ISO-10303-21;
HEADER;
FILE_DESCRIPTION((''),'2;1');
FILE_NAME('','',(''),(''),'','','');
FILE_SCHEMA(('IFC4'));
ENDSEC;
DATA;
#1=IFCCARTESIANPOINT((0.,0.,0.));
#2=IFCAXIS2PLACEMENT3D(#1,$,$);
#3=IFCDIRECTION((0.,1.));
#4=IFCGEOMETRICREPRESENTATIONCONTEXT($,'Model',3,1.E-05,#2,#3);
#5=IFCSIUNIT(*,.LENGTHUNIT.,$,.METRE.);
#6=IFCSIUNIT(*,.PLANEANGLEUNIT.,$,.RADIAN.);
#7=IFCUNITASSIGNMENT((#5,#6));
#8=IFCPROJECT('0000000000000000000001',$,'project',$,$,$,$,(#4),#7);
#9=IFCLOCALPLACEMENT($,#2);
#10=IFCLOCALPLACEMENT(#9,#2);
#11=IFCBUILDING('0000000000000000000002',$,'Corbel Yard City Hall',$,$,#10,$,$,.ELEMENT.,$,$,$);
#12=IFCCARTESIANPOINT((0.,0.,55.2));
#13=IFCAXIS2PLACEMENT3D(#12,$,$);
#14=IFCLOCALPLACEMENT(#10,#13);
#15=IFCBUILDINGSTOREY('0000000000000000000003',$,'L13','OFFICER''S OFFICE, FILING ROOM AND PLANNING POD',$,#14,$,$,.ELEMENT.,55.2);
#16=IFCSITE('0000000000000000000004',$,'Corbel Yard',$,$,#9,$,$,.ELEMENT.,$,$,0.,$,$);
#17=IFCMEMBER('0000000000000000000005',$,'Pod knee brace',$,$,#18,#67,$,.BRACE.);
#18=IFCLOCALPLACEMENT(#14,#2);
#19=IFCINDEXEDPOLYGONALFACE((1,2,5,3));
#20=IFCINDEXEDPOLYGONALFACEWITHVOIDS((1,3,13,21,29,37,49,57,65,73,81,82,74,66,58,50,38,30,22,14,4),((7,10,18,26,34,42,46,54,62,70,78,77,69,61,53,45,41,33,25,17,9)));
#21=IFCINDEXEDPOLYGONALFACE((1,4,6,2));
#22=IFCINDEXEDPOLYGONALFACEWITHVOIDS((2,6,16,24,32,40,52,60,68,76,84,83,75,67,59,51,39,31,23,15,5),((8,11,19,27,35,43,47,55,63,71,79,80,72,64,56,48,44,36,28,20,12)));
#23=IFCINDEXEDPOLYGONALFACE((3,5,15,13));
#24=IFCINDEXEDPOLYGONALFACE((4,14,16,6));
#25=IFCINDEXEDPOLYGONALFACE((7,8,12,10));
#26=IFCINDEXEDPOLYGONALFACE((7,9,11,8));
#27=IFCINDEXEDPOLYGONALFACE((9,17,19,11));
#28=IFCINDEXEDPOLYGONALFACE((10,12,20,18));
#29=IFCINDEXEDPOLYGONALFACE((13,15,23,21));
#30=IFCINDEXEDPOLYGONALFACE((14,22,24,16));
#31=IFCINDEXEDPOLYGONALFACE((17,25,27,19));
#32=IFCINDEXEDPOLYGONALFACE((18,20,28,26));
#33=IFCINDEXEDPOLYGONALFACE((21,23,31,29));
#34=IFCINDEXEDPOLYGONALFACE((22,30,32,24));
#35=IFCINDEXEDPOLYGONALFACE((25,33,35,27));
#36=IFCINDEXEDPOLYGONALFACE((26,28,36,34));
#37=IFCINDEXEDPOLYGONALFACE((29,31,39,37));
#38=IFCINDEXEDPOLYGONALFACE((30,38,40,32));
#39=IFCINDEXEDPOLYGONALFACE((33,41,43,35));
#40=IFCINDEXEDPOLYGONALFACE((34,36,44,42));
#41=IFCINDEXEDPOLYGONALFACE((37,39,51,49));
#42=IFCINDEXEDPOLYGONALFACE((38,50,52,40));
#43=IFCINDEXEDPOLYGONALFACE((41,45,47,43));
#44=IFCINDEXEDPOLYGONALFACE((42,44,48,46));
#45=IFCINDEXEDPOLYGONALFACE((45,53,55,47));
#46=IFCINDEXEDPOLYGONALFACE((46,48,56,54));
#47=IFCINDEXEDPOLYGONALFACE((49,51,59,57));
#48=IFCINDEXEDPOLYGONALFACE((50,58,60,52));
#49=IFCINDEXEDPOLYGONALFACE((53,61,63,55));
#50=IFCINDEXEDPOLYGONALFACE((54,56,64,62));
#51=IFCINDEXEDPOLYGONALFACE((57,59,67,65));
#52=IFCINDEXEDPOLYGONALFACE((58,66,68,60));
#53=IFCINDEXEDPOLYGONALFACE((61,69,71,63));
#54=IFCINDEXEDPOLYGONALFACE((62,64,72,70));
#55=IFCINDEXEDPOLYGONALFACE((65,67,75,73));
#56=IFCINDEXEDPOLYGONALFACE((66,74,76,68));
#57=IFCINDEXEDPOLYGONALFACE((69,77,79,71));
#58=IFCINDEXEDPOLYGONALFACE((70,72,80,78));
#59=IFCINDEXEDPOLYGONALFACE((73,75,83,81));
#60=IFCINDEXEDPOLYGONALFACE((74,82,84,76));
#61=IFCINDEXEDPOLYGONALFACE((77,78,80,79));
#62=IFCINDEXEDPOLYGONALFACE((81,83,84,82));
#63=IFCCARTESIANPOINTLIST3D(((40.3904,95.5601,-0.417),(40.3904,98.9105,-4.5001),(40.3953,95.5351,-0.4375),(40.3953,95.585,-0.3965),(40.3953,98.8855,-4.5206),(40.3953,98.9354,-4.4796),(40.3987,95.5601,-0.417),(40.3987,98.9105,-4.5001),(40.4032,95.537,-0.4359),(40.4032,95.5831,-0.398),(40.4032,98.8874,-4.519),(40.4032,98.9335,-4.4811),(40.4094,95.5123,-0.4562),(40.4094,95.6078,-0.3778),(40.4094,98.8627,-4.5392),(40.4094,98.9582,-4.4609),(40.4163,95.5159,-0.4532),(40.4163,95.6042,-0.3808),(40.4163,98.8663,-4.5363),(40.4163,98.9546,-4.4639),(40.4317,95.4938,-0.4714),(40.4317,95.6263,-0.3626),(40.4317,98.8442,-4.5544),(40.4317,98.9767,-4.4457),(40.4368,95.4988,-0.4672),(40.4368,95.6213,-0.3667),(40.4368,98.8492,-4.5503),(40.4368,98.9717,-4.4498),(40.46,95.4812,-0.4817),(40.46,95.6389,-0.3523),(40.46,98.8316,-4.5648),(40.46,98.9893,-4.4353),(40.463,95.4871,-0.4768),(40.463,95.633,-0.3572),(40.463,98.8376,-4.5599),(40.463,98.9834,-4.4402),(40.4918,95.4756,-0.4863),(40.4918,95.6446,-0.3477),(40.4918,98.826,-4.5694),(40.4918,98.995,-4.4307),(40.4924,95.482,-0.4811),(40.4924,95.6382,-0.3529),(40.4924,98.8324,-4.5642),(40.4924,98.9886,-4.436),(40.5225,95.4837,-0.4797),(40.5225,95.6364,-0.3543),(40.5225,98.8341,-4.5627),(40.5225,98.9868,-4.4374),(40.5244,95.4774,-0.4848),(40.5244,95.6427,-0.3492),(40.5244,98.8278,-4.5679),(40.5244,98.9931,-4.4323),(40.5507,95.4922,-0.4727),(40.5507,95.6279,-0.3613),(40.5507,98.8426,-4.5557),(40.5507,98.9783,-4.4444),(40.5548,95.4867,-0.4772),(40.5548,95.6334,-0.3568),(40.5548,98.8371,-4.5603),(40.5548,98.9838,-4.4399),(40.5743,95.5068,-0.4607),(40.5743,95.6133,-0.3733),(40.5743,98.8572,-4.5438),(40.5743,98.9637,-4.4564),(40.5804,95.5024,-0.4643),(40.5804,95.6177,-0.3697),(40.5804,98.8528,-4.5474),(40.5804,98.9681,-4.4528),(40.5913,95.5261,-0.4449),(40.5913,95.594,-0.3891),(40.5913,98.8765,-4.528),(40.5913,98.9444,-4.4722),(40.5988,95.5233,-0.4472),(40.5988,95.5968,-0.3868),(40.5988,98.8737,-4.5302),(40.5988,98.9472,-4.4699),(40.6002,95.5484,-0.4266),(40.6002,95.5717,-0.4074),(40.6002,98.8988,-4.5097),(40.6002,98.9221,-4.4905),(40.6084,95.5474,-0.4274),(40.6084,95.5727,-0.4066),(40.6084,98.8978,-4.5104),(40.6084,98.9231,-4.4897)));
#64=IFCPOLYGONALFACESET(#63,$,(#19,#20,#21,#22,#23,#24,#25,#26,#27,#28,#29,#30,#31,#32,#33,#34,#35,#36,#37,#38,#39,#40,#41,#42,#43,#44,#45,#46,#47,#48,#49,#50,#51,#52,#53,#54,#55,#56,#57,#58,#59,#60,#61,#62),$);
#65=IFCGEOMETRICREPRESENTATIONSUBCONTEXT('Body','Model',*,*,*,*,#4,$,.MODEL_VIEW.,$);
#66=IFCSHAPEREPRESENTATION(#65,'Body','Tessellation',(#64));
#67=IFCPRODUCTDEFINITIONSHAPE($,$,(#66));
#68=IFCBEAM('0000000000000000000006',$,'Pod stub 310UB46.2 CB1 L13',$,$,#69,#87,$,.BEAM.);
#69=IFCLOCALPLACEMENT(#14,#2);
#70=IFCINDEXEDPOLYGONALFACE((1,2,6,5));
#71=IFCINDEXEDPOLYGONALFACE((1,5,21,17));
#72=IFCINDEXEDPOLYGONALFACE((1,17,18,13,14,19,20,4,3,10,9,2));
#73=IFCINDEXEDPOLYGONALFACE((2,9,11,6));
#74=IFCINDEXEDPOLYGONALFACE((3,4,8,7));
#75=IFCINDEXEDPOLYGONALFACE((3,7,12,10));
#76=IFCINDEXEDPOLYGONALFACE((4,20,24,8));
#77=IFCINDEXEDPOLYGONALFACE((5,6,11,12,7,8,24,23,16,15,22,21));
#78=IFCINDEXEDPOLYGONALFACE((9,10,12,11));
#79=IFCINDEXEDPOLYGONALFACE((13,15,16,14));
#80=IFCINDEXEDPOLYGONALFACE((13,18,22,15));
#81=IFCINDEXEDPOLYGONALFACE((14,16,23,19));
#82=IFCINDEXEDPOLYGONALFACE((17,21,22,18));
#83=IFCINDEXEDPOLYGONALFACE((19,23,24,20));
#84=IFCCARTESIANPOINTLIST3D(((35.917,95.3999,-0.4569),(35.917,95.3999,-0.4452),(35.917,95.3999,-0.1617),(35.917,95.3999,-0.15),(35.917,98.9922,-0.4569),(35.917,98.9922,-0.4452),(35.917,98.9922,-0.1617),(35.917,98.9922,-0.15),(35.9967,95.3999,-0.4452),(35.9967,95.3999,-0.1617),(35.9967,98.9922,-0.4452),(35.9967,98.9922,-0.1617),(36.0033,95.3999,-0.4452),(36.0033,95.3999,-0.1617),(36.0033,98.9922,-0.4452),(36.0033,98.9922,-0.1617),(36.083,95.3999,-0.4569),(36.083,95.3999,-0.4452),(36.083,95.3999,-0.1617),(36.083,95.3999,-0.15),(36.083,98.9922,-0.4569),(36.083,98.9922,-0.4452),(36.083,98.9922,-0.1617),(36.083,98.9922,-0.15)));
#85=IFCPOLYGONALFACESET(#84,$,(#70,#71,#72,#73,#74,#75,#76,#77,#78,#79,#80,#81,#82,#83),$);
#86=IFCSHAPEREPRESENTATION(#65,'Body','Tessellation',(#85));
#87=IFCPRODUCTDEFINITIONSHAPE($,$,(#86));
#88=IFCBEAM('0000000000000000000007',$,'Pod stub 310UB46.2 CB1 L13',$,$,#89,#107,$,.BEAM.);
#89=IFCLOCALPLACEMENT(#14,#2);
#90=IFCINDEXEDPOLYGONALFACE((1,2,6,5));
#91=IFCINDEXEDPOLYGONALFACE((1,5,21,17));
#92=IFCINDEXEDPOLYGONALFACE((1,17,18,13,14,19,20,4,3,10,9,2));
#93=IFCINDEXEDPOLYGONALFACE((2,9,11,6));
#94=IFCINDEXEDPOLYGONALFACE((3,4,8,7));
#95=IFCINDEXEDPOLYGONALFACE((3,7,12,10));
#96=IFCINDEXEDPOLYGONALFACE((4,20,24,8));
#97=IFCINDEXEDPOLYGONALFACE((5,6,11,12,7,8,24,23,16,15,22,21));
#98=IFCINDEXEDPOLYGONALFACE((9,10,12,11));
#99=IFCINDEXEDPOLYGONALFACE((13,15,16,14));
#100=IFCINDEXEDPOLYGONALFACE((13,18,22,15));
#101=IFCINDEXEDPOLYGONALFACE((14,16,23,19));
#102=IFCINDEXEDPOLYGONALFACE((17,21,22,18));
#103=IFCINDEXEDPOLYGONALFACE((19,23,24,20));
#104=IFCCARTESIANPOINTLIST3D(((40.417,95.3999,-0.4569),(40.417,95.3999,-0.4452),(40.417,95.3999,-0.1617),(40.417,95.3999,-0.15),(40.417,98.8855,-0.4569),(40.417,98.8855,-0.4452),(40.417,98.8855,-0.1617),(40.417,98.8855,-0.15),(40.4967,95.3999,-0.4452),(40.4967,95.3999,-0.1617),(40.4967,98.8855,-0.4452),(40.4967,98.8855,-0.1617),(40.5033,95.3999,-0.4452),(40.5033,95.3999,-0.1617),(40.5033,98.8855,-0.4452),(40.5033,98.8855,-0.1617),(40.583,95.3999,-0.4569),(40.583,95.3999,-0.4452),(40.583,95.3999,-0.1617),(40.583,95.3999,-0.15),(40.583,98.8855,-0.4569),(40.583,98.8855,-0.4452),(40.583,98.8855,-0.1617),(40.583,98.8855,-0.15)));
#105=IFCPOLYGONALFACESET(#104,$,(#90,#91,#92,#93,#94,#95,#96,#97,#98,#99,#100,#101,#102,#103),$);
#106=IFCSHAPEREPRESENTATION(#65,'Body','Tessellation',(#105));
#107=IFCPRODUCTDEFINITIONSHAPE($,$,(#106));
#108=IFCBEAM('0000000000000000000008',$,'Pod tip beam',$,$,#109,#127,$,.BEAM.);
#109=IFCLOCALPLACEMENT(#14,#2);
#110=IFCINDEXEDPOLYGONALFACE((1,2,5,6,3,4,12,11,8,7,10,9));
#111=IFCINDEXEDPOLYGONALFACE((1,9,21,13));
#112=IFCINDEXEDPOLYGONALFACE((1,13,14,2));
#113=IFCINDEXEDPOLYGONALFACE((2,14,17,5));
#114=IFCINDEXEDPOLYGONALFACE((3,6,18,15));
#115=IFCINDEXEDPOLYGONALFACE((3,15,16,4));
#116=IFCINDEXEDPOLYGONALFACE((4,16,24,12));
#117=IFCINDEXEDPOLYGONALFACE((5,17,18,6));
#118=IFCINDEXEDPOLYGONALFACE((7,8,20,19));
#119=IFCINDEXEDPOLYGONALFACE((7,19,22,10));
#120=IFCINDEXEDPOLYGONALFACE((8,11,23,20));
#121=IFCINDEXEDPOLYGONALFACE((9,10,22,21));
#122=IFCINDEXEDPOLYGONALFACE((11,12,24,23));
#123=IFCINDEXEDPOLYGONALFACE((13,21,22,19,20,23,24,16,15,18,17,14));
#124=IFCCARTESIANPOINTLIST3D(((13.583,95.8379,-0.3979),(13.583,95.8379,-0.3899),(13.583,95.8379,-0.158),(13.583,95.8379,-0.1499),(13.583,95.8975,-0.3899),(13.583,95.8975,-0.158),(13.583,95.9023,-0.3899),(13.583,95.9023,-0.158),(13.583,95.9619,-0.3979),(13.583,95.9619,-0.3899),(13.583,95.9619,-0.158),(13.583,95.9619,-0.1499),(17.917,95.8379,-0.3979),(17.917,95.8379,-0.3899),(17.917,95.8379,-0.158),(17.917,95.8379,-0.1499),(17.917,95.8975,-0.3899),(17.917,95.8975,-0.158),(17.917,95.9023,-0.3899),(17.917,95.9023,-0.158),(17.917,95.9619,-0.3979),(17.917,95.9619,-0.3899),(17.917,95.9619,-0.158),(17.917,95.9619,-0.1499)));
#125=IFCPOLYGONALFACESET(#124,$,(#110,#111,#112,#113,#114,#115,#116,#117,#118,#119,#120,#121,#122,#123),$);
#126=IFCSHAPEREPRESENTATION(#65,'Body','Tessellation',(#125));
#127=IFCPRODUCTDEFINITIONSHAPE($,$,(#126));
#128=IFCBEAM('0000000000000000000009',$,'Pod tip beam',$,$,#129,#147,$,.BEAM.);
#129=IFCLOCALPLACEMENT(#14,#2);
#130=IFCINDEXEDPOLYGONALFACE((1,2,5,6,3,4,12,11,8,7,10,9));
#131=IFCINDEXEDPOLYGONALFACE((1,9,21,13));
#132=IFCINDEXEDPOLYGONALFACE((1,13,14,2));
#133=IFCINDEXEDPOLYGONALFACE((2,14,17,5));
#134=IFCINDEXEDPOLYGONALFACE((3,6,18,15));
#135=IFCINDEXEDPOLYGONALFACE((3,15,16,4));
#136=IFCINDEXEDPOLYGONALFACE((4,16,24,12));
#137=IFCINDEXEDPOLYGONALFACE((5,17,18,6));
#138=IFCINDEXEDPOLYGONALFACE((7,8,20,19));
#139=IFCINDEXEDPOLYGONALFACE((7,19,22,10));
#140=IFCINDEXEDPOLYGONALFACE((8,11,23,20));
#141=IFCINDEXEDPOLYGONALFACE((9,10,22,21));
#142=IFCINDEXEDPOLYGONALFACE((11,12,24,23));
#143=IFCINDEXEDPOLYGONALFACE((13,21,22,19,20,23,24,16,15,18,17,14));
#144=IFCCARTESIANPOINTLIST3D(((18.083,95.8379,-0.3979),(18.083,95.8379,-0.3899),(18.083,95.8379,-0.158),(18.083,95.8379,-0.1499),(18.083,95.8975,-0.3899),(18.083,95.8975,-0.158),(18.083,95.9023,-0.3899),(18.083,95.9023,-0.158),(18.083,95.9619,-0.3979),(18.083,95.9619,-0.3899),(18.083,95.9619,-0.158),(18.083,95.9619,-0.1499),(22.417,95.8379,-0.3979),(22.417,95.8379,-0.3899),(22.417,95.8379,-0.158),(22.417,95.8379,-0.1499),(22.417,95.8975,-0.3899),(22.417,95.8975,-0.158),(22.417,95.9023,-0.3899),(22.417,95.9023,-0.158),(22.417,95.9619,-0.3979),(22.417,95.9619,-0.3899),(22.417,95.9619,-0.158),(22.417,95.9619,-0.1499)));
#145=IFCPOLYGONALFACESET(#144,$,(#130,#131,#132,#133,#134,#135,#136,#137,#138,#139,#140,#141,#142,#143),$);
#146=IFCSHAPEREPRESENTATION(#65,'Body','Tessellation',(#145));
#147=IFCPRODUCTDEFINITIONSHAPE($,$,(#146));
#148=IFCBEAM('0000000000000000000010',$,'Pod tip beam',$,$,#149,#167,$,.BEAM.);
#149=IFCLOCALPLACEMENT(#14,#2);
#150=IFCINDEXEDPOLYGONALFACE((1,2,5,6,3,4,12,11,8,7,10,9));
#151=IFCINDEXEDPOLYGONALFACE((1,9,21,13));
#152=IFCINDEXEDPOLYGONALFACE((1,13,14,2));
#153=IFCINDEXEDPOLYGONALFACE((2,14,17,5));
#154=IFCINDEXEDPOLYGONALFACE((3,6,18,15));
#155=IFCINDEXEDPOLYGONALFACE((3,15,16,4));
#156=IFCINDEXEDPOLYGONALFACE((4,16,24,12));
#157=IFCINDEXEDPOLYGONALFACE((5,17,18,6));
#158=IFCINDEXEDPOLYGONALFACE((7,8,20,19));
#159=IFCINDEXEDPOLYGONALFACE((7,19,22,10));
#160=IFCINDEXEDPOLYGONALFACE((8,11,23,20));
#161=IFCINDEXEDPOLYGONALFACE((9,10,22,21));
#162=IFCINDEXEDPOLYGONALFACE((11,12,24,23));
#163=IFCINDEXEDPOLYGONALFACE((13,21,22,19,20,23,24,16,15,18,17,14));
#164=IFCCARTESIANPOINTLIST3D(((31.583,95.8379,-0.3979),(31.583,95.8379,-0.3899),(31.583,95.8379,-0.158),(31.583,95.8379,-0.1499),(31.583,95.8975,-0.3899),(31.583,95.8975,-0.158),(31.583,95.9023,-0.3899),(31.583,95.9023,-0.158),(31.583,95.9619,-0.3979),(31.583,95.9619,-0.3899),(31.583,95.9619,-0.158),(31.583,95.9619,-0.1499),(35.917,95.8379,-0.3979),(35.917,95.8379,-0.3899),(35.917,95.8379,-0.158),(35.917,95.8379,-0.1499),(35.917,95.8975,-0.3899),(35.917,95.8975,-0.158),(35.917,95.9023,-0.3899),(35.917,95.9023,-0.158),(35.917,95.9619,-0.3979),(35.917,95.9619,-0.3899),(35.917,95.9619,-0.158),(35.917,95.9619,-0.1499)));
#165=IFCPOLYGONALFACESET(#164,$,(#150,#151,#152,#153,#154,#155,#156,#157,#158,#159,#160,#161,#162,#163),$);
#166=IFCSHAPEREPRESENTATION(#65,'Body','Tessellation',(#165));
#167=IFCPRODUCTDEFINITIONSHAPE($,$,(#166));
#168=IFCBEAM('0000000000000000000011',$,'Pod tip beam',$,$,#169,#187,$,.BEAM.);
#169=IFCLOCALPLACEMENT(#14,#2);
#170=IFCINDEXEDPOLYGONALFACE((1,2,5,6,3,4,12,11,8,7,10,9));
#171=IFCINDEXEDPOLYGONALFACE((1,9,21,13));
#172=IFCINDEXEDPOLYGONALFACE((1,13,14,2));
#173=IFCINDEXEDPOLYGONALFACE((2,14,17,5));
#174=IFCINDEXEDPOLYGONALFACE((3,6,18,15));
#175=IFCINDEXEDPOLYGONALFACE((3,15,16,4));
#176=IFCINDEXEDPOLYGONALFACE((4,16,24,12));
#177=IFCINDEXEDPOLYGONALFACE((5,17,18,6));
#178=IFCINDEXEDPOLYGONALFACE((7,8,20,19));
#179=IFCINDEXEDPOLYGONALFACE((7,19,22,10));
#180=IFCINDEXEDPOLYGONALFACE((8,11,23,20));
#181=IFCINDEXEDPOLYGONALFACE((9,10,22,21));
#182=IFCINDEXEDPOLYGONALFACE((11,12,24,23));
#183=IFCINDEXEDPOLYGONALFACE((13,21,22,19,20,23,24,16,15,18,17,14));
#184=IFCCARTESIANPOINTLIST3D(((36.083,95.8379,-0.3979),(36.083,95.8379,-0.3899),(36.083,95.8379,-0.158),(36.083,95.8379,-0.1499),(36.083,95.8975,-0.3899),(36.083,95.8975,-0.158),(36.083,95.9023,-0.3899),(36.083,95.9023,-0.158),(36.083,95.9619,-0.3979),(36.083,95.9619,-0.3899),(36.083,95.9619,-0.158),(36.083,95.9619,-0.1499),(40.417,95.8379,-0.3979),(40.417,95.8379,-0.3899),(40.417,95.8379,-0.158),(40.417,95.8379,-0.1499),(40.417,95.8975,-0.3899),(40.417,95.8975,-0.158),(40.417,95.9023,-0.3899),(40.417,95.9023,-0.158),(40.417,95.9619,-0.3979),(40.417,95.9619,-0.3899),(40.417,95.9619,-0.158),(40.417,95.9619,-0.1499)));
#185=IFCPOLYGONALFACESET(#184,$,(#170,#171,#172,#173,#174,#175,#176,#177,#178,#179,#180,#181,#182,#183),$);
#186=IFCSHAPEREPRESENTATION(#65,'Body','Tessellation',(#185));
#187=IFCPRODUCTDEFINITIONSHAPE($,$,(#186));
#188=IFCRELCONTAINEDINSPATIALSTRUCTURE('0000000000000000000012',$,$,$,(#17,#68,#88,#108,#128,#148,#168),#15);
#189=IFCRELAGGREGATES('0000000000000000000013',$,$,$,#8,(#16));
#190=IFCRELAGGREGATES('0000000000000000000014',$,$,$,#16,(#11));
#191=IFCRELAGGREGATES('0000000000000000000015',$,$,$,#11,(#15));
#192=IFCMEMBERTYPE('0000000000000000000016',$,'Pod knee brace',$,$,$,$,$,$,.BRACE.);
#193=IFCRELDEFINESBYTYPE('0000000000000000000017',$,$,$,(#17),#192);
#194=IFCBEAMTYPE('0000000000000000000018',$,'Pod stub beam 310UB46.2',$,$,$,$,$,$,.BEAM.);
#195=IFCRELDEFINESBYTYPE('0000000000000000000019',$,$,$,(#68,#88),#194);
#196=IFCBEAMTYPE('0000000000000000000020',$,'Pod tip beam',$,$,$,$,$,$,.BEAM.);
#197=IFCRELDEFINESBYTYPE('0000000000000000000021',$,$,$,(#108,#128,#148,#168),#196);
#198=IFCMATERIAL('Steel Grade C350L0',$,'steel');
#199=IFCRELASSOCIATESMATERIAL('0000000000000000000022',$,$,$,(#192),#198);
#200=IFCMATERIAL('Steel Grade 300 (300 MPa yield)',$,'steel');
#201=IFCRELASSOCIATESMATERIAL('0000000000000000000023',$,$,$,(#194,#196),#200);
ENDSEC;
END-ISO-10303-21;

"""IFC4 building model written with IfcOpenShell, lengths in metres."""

from ifc_helpers import new_model, si_unit, direction, frame, origin, origin_2d, place, context, subcontext, project, spatial, hollow_circle, i_section, extrude, material, material_profile, profile_set, type_object, element, save


model = new_model("IFC4")

# Units and contexts
model_context = context("Model", 3, precision=1e-05, world=origin(), true_north=direction((0.0, 1.0)))
body_context = subcontext(model_context, "Body", "Model", "MODEL_VIEW")
ifc_project = project(units=[si_unit("LENGTHUNIT", "METRE"), si_unit("PLANEANGLEUNIT", "RADIAN")], contexts=[model_context])

# Site, building, storey
site_placement = place(None, origin())
site = spatial("IfcSite", under=ifc_project, at=site_placement, Name="Corbel Yard", CompositionType="ELEMENT", RefElevation=0.0)
building_placement = place(site_placement, origin())
building = spatial("IfcBuilding", under=site, at=building_placement, Name="Corbel Yard City Hall", CompositionType="ELEMENT")
storey_placement = place(building_placement, frame((0.0, 0.0, 55.2)))
storey = spatial("IfcBuildingStorey", under=building, at=storey_placement, Name="L13", Description="OFFICER'S OFFICE, FILING ROOM AND PLANNING POD", CompositionType="ELEMENT", Elevation=55.2)

# Member
ifc_material_1 = material(Name="Steel Grade C350L0", Category="steel")
ifc_material_profile_1 = material_profile(ifc_material_1, hollow_circle(Radius=0.1096, WallThickness=0.0083, at=origin_2d()), Name="219.1x8.2CHS")
ifc_profile_set_1 = profile_set([ifc_material_profile_1], Name="Steel Grade C350L0")
member_type = type_object("IfcMemberType", Name="Pod knee brace", PredefinedType="BRACE", material=ifc_profile_set_1)
member_1_placement = place(storey_placement, frame((40.5, 95.5601, -0.417), z_axis=(0.0, 0.634337, -0.773057), x_axis=(-1.0, 0.0, 0.0)))
element("IfcMember", 1, at=member_1_placement, inside=storey, type_object=member_type, Name="Pod knee brace", PredefinedType="BRACE", context=body_context, shape_type="SweptSolid", body=[
    extrude(hollow_circle(Radius=0.1096, WallThickness=0.0083, at=origin_2d()), origin(), (0.0, 0.0, 1.0), 5.2817),
])

# Beams
ifc_material_2 = material(Name="Steel Grade 300 (300 MPa yield)", Category="steel")
ifc_material_profile_2 = material_profile(ifc_material_2, i_section(OverallWidth=0.166, OverallDepth=0.3069, WebThickness=0.0066, FlangeThickness=0.0117, at=origin_2d()), Name="310UB46.2")
ifc_profile_set_2 = profile_set([ifc_material_profile_2], Name="Steel Grade 300 (300 MPa yield)")
beam_type_1 = type_object("IfcBeamType", Name="Pod stub beam 310UB46.2", PredefinedType="BEAM", material=ifc_profile_set_2)
beam_1_placement = place(storey_placement, frame((36.0, 95.3999, -0.3035), z_axis=(0.0, 1.0, 0.0), x_axis=(-1.0, 0.0, 0.0)))
element("IfcBeam", 2, at=beam_1_placement, inside=storey, type_object=beam_type_1, Name="Pod stub 310UB46.2 CB1 L13", PredefinedType="BEAM", context=body_context, shape_type="SweptSolid", body=[
    extrude(i_section(OverallWidth=0.166, OverallDepth=0.3069, WebThickness=0.0066, FlangeThickness=0.0117, at=origin_2d()), origin(), (0.0, 0.0, 1.0), 3.5923),
])
beam_2_placement = place(storey_placement, frame((40.5, 95.3999, -0.3035), z_axis=(0.0, 1.0, 0.0), x_axis=(-1.0, 0.0, 0.0)))
element("IfcBeam", 3, at=beam_2_placement, inside=storey, type_object=beam_type_1, Name="Pod stub 310UB46.2 CB1 L13", PredefinedType="BEAM", context=body_context, shape_type="SweptSolid", body=[
    extrude(i_section(OverallWidth=0.166, OverallDepth=0.3069, WebThickness=0.0066, FlangeThickness=0.0117, at=origin_2d()), origin(), (0.0, 0.0, 1.0), 3.4856),
])
ifc_material_profile_3 = material_profile(ifc_material_2, i_section(OverallWidth=0.124, OverallDepth=0.248, WebThickness=0.0049, FlangeThickness=0.0081, at=origin_2d()), Name="250UB25.7")
ifc_profile_set_3 = profile_set([ifc_material_profile_3], Name="Steel Grade 300 (300 MPa yield)")
beam_type_2 = type_object("IfcBeamType", Name="Pod tip beam", PredefinedType="BEAM", material=ifc_profile_set_3)
for number, where, z_axis, x_axis, name in (
    (4, (13.583, 95.8999, -0.2739), (1.0, 0.0, 0.0), (0.0, 1.0, 0.0), "Pod tip beam"),
    (5, (18.083, 95.8999, -0.2739), (1.0, 0.0, 0.0), (0.0, 1.0, 0.0), "Pod tip beam"),
    (6, (31.583, 95.8999, -0.2739), (1.0, 0.0, 0.0), (0.0, 1.0, 0.0), "Pod tip beam"),
    (7, (36.083, 95.8999, -0.2739), (1.0, 0.0, 0.0), (0.0, 1.0, 0.0), "Pod tip beam"),
):
    element("IfcBeam", number, at=place(storey_placement, frame(where, z_axis=z_axis, x_axis=x_axis)), inside=storey, type_object=beam_type_2, Name=name, PredefinedType="BEAM", context=body_context, shape_type="SweptSolid", body=[
        extrude(i_section(OverallWidth=0.124, OverallDepth=0.248, WebThickness=0.0049, FlangeThickness=0.0081, at=origin_2d()), origin(), (0.0, 0.0, 1.0), 4.334),
    ])

save(model, "model.ifc")
